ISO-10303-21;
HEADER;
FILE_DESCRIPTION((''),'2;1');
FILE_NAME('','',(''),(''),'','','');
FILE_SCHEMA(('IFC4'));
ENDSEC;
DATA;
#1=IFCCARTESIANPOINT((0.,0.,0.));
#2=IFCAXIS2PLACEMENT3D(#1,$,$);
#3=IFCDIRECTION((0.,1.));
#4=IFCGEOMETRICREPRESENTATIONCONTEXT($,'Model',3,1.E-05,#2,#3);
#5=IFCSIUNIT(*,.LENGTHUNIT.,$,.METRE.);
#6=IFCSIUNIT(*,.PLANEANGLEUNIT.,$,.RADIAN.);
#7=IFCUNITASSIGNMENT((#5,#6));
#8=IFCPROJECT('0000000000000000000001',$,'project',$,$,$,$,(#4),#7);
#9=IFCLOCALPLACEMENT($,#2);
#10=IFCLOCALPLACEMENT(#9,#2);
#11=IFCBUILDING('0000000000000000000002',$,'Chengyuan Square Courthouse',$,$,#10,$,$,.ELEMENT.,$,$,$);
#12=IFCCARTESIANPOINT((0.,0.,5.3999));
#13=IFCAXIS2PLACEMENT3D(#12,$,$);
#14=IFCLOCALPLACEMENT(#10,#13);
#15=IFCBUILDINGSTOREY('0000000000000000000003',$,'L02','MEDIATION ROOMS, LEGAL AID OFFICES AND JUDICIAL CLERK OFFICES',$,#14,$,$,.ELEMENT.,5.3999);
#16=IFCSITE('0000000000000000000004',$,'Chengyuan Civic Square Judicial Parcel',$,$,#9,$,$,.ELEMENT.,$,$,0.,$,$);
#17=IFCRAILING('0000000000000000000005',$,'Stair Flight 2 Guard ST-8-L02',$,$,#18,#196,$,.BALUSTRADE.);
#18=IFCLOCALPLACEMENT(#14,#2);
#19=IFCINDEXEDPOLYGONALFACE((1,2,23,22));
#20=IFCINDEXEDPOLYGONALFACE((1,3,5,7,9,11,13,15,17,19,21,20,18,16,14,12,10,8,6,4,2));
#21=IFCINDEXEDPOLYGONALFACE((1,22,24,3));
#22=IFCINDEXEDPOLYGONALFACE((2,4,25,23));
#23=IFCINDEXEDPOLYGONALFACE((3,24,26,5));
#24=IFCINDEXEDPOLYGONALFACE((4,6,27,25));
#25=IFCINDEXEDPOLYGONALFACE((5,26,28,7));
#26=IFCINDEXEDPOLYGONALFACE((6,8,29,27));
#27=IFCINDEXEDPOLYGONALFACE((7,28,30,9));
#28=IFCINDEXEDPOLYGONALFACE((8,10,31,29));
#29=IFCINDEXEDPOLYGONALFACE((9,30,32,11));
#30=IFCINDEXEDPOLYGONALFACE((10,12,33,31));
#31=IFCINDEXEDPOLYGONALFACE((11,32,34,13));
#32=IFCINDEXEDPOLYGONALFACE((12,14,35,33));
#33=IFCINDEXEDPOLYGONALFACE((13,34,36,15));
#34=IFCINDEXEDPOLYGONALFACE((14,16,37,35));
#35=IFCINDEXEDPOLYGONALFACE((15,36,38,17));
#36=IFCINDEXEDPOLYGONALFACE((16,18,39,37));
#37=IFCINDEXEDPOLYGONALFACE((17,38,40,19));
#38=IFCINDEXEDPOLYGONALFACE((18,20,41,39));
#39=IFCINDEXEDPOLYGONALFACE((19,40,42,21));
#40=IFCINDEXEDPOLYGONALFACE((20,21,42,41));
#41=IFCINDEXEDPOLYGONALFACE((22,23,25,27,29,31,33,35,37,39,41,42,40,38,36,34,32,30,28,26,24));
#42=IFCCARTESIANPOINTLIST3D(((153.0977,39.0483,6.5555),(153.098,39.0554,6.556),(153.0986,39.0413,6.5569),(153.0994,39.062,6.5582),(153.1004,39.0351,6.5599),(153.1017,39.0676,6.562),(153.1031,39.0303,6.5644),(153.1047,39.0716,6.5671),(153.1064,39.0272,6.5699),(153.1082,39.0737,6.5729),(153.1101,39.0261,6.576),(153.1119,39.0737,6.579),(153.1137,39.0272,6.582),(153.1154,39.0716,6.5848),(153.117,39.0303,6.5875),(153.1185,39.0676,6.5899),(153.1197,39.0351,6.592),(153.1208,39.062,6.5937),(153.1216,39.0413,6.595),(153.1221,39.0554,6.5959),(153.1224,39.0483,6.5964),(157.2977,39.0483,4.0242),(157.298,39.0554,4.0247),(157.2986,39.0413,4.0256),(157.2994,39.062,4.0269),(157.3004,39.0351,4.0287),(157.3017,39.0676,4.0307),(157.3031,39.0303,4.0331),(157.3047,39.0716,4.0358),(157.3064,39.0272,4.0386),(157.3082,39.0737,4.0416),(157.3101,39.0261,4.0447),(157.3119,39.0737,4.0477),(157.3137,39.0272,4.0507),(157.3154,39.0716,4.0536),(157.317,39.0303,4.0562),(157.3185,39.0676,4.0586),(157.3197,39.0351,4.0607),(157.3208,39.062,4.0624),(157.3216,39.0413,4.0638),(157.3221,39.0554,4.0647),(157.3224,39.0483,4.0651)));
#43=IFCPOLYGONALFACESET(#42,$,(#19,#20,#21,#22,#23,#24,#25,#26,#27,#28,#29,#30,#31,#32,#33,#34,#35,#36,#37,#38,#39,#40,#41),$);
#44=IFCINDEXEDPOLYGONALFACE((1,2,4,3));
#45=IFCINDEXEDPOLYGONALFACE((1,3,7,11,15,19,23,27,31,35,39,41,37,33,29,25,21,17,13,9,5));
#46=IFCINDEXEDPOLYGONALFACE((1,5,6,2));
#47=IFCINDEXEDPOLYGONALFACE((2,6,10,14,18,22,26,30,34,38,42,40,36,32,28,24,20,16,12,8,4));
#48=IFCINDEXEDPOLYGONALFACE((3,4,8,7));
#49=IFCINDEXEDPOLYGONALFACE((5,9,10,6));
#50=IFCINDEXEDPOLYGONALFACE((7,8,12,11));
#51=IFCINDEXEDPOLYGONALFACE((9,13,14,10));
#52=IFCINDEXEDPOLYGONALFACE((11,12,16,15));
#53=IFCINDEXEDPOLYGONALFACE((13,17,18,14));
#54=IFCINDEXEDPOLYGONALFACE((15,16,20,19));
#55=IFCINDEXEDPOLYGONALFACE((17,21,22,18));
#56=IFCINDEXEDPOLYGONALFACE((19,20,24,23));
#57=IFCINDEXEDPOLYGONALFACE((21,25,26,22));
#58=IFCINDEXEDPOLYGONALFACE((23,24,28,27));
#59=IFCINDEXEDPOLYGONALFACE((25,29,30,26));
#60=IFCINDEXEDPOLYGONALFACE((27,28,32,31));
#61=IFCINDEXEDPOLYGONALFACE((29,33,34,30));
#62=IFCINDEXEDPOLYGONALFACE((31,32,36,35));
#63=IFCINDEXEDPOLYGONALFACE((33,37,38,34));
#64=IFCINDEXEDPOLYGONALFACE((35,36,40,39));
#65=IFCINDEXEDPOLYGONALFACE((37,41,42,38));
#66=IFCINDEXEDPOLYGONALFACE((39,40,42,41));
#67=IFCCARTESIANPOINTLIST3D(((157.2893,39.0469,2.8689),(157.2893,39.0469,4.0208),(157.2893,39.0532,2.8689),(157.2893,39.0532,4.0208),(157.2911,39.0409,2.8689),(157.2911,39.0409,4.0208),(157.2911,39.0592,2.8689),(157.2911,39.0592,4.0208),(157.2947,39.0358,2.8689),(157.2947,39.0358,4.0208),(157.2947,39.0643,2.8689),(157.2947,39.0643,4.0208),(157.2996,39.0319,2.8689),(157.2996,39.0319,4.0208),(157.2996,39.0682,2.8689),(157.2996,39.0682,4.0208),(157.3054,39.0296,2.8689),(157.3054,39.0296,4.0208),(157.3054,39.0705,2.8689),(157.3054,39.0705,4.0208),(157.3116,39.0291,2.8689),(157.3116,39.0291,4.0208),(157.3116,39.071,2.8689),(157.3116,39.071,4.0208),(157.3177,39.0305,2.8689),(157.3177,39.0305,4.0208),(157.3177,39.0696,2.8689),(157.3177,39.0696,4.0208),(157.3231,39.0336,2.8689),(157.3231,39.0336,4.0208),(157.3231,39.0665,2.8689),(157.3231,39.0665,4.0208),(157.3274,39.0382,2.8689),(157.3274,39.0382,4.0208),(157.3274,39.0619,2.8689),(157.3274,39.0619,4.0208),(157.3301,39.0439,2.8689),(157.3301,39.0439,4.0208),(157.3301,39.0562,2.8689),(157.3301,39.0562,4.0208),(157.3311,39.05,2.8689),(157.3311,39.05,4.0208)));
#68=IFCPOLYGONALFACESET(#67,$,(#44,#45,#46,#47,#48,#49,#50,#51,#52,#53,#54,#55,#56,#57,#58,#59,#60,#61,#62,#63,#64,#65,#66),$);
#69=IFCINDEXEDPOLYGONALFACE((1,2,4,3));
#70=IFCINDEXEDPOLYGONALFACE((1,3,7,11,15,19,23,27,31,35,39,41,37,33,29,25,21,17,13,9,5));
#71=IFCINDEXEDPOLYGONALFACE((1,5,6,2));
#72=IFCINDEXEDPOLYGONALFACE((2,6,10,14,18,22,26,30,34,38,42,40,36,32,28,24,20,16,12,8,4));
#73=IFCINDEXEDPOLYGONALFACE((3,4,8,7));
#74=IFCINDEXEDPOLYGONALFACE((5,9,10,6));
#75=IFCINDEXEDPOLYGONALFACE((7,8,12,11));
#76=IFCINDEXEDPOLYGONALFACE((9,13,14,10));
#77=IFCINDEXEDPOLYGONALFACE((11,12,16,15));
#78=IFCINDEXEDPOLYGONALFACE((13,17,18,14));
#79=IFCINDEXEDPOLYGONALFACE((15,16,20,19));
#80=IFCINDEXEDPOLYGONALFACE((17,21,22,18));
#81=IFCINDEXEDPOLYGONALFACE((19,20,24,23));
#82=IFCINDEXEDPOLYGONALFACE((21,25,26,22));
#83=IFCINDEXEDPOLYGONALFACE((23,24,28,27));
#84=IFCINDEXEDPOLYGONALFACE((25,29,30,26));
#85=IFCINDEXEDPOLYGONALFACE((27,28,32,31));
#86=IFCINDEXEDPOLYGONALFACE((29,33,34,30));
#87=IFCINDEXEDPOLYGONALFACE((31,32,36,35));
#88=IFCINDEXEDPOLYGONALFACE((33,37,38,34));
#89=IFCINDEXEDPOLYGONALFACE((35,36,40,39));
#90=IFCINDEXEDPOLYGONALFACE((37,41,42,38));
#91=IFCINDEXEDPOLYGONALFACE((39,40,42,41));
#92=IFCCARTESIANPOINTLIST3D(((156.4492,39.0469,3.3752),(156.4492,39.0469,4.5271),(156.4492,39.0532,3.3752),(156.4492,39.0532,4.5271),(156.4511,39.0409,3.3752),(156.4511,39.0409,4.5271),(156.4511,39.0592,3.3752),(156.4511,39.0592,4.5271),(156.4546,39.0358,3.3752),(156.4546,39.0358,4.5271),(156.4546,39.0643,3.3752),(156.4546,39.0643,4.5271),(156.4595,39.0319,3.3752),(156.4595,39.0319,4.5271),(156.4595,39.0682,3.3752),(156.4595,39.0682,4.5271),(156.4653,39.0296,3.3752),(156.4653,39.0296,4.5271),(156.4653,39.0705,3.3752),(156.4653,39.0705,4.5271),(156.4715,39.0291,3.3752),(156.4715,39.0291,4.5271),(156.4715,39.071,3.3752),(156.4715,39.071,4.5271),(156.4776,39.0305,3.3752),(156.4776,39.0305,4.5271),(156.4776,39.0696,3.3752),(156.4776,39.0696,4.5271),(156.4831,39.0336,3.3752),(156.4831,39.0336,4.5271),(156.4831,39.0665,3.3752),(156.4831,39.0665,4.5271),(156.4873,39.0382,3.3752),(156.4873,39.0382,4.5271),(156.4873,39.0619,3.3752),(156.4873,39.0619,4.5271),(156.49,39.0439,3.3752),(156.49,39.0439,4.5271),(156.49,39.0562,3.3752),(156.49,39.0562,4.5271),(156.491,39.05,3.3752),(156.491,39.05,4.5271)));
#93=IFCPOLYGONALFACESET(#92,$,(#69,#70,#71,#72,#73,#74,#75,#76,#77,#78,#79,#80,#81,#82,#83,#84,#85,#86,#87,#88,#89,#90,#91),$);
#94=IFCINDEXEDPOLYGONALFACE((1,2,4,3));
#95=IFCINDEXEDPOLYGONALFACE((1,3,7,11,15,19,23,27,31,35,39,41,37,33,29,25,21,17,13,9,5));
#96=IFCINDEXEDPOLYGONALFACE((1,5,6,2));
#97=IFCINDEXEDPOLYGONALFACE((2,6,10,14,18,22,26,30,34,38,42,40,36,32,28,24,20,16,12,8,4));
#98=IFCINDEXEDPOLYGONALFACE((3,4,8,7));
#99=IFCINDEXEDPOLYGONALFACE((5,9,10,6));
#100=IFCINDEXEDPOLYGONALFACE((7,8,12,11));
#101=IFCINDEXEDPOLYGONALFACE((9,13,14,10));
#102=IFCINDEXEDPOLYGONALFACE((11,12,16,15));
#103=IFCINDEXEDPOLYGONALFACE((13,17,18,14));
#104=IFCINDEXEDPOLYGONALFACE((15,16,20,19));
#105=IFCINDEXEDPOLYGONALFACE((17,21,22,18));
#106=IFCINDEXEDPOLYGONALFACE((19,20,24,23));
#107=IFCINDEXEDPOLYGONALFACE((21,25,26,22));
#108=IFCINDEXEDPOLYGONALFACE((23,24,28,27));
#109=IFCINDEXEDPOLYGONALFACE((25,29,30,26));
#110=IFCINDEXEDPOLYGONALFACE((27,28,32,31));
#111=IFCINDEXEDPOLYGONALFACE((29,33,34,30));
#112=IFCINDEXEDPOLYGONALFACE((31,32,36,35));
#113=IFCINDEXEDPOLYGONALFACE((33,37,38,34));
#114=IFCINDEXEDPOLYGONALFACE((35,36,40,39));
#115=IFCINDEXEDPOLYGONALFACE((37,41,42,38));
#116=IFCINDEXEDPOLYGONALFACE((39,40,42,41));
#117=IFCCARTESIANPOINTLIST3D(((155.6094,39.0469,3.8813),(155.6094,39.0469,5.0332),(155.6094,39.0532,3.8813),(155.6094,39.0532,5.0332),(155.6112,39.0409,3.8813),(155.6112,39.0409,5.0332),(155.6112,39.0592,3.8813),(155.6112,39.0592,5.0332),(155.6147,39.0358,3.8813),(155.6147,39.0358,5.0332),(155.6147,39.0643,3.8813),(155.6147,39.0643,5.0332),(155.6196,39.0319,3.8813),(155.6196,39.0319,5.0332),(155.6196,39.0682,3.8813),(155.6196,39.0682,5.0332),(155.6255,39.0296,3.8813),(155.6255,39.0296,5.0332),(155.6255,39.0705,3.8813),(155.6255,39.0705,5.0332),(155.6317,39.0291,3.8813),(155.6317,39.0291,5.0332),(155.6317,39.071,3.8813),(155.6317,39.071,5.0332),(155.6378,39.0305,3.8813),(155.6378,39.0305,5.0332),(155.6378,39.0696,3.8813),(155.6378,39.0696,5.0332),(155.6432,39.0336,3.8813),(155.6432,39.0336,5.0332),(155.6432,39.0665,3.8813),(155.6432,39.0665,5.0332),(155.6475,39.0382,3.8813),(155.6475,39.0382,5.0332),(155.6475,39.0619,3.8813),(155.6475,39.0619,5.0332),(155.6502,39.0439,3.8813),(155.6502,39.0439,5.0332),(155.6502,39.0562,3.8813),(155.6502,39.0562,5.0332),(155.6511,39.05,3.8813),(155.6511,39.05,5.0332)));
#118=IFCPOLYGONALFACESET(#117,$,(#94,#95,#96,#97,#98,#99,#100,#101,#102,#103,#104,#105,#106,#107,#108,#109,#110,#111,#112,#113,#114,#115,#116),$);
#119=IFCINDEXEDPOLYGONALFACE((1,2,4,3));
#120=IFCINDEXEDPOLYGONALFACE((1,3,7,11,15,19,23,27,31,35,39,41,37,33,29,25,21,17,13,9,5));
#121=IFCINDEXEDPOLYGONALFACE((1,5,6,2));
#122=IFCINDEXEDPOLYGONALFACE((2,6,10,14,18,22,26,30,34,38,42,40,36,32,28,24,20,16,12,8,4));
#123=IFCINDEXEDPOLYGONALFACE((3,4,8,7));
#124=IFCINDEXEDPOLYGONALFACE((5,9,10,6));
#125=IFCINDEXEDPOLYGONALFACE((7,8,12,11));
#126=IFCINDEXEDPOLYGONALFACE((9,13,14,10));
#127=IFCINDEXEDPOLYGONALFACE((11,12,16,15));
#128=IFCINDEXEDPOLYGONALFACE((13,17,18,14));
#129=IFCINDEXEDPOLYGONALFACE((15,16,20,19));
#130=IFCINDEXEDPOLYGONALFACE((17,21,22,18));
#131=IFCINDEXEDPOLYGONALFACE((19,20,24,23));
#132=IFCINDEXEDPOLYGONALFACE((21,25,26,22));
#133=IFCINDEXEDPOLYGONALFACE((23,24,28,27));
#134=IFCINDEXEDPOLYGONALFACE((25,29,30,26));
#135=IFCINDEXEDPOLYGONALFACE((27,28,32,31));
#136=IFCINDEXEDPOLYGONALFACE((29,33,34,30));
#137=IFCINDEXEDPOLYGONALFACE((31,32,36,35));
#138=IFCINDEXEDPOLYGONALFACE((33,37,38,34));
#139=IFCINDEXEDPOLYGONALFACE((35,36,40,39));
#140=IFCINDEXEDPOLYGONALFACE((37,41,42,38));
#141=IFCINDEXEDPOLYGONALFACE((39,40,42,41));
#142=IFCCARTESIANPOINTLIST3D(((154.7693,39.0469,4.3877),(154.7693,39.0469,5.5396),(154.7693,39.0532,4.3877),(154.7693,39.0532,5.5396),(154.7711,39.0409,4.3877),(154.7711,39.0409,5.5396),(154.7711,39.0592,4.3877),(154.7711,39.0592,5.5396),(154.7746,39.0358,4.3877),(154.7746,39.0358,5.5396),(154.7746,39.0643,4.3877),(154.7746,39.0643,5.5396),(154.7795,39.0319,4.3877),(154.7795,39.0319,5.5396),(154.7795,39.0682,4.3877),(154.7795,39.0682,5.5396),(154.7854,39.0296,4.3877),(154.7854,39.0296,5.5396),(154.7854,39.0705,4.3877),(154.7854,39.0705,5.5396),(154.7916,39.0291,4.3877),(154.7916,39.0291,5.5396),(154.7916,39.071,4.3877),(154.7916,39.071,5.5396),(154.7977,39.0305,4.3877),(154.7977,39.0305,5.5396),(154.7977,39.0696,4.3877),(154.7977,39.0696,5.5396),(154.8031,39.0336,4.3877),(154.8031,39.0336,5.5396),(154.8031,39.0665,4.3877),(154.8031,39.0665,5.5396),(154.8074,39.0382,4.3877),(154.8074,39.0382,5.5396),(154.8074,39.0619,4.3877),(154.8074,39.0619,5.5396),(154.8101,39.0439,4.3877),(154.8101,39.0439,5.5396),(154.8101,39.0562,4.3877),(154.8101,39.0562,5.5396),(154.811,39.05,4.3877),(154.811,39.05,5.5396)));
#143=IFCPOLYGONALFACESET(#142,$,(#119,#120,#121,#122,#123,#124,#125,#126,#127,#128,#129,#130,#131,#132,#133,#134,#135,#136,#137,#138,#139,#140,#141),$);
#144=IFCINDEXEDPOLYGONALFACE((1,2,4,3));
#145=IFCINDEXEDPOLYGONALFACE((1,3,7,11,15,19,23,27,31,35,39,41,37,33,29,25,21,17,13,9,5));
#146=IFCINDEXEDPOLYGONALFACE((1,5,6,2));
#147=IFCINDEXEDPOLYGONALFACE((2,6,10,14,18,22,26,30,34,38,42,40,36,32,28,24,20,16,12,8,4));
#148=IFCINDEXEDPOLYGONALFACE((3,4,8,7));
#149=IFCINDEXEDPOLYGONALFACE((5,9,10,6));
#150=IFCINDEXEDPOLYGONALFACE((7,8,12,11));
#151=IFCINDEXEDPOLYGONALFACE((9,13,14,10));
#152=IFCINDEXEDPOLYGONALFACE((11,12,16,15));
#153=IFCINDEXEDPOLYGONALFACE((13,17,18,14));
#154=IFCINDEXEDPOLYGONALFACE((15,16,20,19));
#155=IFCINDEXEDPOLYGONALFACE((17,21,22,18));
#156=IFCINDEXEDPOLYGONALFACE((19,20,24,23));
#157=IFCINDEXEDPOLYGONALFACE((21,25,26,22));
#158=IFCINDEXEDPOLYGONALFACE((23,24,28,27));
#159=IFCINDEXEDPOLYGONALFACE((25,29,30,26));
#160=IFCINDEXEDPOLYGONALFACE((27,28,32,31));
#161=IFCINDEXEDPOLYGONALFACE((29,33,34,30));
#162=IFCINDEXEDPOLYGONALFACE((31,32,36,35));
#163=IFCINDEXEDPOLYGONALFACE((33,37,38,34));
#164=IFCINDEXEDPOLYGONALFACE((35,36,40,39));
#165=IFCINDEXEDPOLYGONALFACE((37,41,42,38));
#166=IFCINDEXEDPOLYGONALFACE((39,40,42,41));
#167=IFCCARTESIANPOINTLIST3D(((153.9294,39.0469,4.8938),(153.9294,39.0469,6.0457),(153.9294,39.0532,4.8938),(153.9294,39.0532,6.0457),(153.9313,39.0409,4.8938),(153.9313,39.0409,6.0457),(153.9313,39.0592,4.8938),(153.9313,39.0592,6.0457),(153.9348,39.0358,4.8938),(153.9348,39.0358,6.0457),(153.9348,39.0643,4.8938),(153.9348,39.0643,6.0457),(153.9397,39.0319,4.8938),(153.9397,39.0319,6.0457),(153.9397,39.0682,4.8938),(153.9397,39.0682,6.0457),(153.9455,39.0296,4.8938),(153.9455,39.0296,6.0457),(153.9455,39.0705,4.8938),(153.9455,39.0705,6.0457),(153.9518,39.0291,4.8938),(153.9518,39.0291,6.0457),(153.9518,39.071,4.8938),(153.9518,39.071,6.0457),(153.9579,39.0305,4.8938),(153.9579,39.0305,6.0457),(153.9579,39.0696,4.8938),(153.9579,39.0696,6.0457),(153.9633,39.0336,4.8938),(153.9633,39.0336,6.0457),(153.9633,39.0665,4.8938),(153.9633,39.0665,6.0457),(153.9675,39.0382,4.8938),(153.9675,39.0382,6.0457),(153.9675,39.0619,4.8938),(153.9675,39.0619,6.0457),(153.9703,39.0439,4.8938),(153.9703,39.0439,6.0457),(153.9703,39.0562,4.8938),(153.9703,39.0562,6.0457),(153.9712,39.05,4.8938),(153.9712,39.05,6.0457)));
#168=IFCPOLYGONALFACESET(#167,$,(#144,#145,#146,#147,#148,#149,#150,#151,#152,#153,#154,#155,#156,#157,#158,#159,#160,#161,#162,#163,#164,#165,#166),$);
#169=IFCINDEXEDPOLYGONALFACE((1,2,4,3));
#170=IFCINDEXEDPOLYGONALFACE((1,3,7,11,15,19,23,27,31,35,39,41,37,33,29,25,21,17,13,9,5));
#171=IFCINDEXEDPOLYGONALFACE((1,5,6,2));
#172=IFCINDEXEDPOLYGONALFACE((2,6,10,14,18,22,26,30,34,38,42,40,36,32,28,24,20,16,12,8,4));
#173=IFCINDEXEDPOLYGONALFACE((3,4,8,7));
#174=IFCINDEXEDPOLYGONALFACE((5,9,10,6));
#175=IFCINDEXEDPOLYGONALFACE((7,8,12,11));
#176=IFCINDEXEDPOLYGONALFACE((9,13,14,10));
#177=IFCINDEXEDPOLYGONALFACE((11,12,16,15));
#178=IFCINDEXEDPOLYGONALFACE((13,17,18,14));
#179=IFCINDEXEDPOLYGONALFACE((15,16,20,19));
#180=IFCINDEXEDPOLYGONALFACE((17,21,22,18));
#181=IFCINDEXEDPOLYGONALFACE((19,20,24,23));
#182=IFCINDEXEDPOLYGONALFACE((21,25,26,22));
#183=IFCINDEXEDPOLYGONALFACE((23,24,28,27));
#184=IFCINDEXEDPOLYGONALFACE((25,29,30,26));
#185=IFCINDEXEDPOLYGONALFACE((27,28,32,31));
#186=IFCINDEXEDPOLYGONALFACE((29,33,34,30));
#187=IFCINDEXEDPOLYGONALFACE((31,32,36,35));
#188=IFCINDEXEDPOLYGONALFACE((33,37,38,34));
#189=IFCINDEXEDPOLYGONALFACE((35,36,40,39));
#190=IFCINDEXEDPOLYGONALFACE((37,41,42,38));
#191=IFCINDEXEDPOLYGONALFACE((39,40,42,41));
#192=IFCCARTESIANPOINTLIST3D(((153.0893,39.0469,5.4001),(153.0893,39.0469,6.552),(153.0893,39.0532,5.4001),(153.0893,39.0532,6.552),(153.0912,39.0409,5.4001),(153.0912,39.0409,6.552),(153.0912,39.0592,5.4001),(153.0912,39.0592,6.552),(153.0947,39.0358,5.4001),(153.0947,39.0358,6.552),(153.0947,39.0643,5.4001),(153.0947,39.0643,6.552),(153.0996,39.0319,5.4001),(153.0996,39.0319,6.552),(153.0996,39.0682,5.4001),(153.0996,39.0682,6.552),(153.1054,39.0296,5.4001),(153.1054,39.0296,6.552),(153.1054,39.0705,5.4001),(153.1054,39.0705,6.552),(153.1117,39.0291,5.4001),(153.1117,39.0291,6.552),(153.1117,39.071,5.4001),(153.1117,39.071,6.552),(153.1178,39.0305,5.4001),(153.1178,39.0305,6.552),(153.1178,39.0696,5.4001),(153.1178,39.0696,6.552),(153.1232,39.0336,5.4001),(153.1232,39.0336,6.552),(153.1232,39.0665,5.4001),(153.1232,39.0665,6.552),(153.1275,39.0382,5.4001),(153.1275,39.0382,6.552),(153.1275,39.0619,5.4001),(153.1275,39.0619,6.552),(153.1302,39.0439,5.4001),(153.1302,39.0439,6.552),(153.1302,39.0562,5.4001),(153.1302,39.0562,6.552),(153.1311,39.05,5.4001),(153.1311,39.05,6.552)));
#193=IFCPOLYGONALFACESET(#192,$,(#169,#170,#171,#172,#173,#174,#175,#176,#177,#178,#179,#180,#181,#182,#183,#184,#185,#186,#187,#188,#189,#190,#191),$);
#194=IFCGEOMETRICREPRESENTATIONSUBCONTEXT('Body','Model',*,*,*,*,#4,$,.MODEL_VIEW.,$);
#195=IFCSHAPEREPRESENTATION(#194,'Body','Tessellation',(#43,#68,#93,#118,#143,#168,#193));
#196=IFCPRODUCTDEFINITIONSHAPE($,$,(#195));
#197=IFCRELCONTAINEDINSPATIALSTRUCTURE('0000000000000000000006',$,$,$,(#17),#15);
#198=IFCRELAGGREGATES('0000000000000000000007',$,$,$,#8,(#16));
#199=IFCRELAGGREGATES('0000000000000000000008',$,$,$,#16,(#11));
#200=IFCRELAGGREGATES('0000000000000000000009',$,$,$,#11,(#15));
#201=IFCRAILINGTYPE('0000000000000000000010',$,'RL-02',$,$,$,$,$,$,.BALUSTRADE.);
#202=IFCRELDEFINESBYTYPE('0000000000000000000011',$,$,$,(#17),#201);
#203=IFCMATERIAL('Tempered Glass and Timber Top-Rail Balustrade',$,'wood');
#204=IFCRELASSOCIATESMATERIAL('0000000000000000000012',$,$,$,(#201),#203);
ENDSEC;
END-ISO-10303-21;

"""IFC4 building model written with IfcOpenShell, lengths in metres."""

from ifc_helpers import new_model, si_unit, direction, frame, origin, origin_2d, place, context, subcontext, project, spatial, circle, extrude, material, type_object, element, save


model = new_model("IFC4")

# Units and contexts
model_context = context("Model", 3, precision=1e-05, world=origin(), true_north=direction((0.0, 1.0)))
body_context = subcontext(model_context, "Body", "Model", "MODEL_VIEW")
ifc_project = project(units=[si_unit("LENGTHUNIT", "METRE"), si_unit("PLANEANGLEUNIT", "RADIAN")], contexts=[model_context])

# Site, building, storey
site_placement = place(None, origin())
site = spatial("IfcSite", under=ifc_project, at=site_placement, Name="Chengyuan Civic Square Judicial Parcel", CompositionType="ELEMENT", RefElevation=0.0)
building_placement = place(site_placement, origin())
building = spatial("IfcBuilding", under=site, at=building_placement, Name="Chengyuan Square Courthouse", CompositionType="ELEMENT")
storey_placement = place(building_placement, frame((0.0, 0.0, 5.3999)))
storey = spatial("IfcBuildingStorey", under=building, at=storey_placement, Name="L02", Description="MEDIATION ROOMS, LEGAL AID OFFICES AND JUDICIAL CLERK OFFICES", CompositionType="ELEMENT", Elevation=5.3999)

# Railing
ifc_material_1 = material(Name="Tempered Glass and Timber Top-Rail Balustrade", Category="wood")
railing_type_1 = type_object("IfcRailingType", Name="RL-02", PredefinedType="BALUSTRADE", material=ifc_material_1)
railing_1_placement = place(storey_placement, frame((157.3101, 39.05, 2.8689)))
element("IfcRailing", 1, at=railing_1_placement, inside=storey, type_object=railing_type_1, Name="Stair Flight 2 Guard ST-8-L02", PredefinedType="BALUSTRADE", context=body_context, shape_type="SweptSolid", body=[
    extrude(circle(Radius=0.0239, at=origin_2d()), frame((0.0, 0.0, 1.1758), z_axis=(-0.856476, 0.0, 0.516186), x_axis=(0.0, -1.0, 0.0)), (0.0, 0.0, 1.0), 4.9038),
    extrude(circle(Radius=0.021, at=origin_2d()), origin(), (0.0, 0.0, 1.0), 1.1519),
    extrude(circle(Radius=0.021, at=origin_2d()), frame((-0.8401, 0.0, 0.5063)), (0.0, 0.0, 1.0), 1.1519),
    extrude(circle(Radius=0.021, at=origin_2d()), frame((-1.6799, 0.0, 1.0125)), (0.0, 0.0, 1.0), 1.1519),
    extrude(circle(Radius=0.021, at=origin_2d()), frame((-2.52, 0.0, 1.5188)), (0.0, 0.0, 1.0), 1.1519),
    extrude(circle(Radius=0.021, at=origin_2d()), frame((-3.3599, 0.0, 2.0249)), (0.0, 0.0, 1.0), 1.1519),
    extrude(circle(Radius=0.021, at=origin_2d()), frame((-4.2, 0.0, 2.5312)), (0.0, 0.0, 1.0), 1.1519),
])

save(model, "model.ifc")
